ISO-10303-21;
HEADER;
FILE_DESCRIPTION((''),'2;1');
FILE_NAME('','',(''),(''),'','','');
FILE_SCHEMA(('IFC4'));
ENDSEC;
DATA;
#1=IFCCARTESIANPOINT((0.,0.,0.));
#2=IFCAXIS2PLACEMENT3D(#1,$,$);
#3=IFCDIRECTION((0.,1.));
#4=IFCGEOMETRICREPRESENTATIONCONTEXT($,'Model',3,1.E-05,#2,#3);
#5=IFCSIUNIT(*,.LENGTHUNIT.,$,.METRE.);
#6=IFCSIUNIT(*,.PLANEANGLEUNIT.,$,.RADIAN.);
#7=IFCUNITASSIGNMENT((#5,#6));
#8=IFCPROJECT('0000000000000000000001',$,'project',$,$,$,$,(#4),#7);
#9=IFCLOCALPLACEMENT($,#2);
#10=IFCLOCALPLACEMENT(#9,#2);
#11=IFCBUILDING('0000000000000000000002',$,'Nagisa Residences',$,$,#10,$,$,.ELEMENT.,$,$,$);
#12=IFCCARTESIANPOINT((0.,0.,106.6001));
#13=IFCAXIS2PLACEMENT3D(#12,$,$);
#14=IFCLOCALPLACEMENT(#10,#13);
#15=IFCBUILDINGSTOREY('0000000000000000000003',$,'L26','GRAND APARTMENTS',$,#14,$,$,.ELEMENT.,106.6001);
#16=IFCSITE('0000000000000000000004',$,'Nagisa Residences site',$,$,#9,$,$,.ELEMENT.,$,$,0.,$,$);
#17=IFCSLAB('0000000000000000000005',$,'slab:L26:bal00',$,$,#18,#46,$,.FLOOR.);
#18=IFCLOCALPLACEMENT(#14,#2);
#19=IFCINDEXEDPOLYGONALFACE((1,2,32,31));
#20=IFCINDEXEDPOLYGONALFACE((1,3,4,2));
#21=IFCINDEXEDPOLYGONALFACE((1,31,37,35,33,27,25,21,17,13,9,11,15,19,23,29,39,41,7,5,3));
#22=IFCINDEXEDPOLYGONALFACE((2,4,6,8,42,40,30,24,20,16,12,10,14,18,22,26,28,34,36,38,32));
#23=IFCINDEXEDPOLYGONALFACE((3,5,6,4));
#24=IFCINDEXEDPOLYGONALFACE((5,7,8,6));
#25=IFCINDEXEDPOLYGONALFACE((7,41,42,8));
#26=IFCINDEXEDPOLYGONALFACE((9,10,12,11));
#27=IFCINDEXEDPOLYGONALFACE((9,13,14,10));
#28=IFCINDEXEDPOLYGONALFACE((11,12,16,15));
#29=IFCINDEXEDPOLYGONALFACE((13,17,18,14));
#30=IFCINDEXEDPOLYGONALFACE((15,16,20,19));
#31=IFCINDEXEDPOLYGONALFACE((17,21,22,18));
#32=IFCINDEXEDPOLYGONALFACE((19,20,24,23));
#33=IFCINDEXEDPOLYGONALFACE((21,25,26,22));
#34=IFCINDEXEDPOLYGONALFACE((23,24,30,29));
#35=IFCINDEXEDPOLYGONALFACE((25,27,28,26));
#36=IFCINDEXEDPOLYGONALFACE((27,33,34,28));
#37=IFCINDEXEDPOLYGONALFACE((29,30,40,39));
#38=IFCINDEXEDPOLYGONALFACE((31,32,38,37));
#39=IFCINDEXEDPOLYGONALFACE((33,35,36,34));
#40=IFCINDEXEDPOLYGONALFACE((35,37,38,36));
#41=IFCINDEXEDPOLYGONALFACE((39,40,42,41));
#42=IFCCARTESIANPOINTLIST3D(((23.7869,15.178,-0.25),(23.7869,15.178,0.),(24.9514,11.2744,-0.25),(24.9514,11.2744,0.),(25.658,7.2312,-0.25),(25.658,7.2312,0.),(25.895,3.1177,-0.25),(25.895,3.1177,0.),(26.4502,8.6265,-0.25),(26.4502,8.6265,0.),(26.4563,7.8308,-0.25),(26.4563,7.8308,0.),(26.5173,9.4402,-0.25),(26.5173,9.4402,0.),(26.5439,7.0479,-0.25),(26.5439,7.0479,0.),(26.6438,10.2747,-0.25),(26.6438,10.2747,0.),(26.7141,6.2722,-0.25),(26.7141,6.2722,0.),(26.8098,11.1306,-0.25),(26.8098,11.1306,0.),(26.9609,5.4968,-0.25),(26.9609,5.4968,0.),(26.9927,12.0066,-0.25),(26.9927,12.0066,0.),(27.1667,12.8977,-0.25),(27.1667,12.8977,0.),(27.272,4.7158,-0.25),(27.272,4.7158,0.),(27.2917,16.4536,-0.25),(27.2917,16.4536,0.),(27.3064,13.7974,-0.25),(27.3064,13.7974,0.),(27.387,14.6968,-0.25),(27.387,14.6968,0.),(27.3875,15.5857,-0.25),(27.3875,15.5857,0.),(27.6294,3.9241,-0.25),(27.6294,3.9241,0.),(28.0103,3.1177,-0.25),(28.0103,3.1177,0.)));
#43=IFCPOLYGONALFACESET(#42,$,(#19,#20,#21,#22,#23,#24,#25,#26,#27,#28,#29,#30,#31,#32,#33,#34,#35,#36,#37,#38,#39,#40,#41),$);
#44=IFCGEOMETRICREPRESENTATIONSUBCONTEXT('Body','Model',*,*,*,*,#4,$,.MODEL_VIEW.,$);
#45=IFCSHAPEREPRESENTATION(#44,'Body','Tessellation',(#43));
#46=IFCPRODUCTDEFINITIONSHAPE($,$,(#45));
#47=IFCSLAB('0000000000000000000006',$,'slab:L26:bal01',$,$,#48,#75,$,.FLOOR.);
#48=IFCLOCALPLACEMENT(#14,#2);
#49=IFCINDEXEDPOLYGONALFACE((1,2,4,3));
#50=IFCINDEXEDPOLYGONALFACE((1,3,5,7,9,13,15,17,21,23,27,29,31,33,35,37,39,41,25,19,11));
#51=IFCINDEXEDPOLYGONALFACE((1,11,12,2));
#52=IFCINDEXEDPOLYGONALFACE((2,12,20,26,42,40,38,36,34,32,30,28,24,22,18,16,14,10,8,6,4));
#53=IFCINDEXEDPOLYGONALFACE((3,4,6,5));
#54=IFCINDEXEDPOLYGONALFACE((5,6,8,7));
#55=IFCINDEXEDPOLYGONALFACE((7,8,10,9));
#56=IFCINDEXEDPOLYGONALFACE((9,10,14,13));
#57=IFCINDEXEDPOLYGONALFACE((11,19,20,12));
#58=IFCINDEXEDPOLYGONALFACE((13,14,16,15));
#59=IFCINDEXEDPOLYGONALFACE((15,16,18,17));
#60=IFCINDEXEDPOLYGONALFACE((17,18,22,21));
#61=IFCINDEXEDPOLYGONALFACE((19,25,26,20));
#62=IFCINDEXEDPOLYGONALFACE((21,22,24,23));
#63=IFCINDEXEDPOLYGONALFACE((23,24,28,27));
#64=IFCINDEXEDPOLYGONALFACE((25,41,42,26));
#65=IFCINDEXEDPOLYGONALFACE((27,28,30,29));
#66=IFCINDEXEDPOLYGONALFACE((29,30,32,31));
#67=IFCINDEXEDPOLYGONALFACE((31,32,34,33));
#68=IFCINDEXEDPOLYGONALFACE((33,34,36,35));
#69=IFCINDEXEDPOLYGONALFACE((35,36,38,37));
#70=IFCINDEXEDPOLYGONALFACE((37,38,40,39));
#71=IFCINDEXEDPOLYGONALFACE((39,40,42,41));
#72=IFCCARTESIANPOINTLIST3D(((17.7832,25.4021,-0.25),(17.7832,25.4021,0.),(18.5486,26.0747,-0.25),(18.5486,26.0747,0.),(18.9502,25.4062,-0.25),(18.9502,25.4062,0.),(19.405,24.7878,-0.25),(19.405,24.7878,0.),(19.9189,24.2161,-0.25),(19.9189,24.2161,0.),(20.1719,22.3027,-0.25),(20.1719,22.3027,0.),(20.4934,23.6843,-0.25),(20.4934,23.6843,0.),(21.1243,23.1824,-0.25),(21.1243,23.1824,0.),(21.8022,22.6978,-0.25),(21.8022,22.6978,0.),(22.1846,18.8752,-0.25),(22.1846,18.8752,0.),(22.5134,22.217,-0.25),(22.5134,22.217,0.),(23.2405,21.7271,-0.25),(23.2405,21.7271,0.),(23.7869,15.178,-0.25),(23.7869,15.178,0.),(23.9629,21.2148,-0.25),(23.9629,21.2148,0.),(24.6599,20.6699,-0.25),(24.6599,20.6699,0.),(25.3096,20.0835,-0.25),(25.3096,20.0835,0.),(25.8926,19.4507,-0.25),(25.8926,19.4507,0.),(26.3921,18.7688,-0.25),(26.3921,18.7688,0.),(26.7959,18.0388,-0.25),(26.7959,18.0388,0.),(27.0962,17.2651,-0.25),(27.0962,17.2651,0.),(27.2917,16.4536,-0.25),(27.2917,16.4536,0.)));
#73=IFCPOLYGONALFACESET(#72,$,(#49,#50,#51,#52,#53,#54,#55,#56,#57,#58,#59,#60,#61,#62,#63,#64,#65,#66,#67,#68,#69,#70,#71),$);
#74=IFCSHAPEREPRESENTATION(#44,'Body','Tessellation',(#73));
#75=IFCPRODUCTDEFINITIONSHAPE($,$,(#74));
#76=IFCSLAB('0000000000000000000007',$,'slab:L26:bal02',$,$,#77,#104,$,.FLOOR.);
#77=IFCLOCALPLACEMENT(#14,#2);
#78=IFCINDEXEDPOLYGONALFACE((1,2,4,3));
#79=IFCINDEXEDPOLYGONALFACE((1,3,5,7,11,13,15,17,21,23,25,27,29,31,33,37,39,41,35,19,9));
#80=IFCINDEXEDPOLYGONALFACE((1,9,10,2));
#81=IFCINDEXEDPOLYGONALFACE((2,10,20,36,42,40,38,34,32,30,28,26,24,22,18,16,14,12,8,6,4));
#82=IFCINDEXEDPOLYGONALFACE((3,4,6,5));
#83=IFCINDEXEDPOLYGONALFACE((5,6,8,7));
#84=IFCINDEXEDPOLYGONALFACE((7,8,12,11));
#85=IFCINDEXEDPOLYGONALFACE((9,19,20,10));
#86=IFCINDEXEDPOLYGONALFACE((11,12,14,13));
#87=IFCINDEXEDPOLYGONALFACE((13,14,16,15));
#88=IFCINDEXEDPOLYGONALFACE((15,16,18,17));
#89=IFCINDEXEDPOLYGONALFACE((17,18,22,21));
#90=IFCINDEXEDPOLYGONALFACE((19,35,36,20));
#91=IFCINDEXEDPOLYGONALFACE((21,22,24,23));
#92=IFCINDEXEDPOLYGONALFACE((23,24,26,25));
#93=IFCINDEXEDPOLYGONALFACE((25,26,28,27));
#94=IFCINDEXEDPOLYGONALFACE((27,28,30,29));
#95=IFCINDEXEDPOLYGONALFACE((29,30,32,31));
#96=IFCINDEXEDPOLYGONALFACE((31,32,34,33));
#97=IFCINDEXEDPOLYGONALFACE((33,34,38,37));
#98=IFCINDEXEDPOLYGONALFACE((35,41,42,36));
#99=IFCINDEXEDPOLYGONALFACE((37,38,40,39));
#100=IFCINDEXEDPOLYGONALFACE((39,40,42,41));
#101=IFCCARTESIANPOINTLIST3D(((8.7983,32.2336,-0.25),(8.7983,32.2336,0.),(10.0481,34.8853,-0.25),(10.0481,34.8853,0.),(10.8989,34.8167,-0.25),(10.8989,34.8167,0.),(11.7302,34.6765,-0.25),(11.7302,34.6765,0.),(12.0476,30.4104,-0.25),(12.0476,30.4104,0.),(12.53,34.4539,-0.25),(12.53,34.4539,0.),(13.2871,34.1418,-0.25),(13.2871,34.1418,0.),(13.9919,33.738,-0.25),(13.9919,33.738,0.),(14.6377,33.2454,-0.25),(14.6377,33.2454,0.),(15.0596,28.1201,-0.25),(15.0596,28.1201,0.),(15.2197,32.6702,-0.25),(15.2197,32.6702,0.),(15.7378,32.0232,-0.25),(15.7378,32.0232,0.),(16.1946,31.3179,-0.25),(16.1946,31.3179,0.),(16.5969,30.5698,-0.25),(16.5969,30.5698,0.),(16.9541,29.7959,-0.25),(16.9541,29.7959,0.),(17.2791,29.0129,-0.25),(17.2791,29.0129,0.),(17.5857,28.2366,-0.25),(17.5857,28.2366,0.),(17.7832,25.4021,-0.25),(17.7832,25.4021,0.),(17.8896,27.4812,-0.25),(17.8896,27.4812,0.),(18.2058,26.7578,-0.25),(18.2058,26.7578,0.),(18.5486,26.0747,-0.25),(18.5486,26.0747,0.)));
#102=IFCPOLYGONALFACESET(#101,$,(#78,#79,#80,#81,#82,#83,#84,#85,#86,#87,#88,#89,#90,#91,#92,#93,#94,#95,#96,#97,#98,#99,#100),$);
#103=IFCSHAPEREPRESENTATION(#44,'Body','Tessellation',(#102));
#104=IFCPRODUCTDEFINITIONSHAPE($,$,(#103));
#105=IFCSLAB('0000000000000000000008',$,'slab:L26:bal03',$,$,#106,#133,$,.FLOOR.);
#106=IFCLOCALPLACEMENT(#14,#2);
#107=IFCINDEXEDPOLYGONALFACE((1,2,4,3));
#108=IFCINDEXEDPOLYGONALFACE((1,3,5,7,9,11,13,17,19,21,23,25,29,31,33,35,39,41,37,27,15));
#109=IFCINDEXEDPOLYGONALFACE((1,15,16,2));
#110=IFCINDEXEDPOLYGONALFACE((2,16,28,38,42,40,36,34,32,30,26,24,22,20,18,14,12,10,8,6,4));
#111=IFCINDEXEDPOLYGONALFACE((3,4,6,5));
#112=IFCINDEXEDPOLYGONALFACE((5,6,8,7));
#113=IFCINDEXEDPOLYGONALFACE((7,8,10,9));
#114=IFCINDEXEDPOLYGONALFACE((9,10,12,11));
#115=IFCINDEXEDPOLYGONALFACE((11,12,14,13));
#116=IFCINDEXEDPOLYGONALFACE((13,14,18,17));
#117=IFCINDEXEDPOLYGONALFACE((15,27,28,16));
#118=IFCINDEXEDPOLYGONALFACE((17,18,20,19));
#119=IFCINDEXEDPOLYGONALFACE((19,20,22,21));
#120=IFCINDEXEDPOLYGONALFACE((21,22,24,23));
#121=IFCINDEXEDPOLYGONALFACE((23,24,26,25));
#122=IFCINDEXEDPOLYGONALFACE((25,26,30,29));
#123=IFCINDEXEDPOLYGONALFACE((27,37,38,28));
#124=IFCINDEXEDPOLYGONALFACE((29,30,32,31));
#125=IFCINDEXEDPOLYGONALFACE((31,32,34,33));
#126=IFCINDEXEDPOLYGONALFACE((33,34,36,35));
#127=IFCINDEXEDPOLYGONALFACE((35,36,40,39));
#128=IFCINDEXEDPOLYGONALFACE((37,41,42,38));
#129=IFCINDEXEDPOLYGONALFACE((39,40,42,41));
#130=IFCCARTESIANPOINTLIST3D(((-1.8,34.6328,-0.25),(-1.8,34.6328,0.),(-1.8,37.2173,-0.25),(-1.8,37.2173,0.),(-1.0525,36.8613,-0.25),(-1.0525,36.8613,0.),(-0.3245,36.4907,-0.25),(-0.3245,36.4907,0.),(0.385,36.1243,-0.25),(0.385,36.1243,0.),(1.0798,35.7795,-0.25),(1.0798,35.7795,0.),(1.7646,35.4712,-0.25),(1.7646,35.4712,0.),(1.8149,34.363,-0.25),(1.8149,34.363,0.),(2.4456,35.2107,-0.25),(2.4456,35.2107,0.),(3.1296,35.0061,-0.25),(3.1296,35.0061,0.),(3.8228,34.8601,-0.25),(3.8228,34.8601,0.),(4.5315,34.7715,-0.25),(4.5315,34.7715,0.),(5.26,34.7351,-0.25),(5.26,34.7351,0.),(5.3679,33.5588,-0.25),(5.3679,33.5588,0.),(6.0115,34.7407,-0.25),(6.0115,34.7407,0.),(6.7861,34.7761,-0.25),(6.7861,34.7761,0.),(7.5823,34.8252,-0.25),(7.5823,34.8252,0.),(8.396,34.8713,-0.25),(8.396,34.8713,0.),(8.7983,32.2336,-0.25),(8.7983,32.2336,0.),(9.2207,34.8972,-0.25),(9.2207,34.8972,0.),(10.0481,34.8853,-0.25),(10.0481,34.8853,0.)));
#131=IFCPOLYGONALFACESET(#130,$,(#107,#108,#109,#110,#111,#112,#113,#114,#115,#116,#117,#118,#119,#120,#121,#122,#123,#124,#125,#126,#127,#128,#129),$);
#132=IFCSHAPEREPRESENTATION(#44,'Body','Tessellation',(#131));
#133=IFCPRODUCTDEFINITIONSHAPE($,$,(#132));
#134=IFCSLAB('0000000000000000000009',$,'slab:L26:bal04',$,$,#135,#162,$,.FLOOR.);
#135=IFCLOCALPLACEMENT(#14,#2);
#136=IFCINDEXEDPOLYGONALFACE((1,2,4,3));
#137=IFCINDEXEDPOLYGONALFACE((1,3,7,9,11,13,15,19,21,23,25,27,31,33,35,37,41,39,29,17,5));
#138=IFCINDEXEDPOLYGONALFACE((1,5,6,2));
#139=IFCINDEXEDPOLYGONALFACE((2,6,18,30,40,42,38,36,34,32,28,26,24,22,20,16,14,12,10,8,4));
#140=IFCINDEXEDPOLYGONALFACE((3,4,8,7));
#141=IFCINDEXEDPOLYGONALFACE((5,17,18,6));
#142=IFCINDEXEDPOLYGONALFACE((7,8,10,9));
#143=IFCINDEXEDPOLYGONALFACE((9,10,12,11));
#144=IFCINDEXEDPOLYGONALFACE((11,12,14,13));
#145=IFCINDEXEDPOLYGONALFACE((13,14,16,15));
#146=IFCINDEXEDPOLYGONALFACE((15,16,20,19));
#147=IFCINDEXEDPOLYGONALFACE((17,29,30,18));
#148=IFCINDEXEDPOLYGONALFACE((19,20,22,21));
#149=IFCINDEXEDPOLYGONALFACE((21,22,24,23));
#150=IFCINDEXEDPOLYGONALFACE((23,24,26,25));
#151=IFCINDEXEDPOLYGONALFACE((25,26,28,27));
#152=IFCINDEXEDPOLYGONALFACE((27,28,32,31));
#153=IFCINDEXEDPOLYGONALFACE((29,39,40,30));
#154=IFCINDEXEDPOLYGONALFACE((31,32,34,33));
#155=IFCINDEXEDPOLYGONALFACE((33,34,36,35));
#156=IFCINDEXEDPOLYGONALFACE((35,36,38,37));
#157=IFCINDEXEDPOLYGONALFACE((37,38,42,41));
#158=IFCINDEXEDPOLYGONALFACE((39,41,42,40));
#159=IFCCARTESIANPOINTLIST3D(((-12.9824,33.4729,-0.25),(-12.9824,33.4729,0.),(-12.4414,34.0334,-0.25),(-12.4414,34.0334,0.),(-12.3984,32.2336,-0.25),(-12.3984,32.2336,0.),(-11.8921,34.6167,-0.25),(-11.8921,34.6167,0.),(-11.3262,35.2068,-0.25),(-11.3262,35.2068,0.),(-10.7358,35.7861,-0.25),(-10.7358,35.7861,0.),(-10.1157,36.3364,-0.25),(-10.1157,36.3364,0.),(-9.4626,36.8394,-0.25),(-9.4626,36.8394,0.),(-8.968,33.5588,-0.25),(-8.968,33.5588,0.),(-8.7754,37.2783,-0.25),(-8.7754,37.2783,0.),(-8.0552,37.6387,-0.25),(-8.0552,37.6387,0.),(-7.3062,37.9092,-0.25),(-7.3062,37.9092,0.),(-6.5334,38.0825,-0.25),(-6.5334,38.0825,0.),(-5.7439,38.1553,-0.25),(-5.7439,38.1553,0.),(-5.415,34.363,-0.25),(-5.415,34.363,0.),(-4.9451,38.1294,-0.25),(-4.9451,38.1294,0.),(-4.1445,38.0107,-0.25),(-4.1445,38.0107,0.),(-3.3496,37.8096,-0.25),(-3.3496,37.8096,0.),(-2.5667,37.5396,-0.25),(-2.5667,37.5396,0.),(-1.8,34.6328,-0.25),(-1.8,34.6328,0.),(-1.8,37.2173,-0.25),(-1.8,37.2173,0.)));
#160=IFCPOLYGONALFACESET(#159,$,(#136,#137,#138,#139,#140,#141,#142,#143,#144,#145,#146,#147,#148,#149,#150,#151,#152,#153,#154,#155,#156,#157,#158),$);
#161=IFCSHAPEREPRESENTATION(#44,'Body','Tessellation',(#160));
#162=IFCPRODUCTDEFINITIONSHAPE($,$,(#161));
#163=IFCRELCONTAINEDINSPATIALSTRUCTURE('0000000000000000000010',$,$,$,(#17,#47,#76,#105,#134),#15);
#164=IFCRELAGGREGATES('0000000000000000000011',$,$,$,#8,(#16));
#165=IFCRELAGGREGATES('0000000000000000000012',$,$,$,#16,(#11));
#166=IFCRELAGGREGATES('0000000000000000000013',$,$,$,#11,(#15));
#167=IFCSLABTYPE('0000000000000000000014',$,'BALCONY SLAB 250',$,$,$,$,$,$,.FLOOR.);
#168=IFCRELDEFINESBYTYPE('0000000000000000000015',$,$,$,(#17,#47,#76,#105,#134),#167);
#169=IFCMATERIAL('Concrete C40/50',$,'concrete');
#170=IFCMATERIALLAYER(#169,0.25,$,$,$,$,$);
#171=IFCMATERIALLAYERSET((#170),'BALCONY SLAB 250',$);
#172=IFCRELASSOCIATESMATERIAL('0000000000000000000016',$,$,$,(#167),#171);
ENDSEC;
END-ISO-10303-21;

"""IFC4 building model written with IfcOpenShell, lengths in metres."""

from ifc_helpers import new_model, si_unit, direction, frame, origin, place, context, subcontext, project, spatial, polyline, outline, extrude, material, layer, layer_set, type_object, element, save


model = new_model("IFC4")

# Units and contexts
model_context = context("Model", 3, precision=1e-05, world=origin(), true_north=direction((0.0, 1.0)))
body_context = subcontext(model_context, "Body", "Model", "MODEL_VIEW")
ifc_project = project(units=[si_unit("LENGTHUNIT", "METRE"), si_unit("PLANEANGLEUNIT", "RADIAN")], contexts=[model_context])

# Site, building, storey
site_placement = place(None, origin())
site = spatial("IfcSite", under=ifc_project, at=site_placement, Name="Nagisa Residences site", CompositionType="ELEMENT", RefElevation=0.0)
building_placement = place(site_placement, origin())
building = spatial("IfcBuilding", under=site, at=building_placement, Name="Nagisa Residences", CompositionType="ELEMENT")
storey_placement = place(building_placement, frame((0.0, 0.0, 106.6001)))
storey = spatial("IfcBuildingStorey", under=building, at=storey_placement, Name="L26", Description="GRAND APARTMENTS", CompositionType="ELEMENT", Elevation=106.6001)

# Slabs
ifc_material_1 = material(Name="Concrete C40/50", Category="concrete")
ifc_layer_1 = layer(ifc_material_1, 0.25)
ifc_layer_set_1 = layer_set([ifc_layer_1], Name="BALCONY SLAB 250")
slab_type_1 = type_object("IfcSlabType", Name="BALCONY SLAB 250", PredefinedType="FLOOR", material=ifc_layer_set_1)
slab_1_placement = place(storey_placement, frame((0.0, 0.0, -0.25)))
element("IfcSlab", 1, at=slab_1_placement, inside=storey, type_object=slab_type_1, Name="slab:L26:bal00", PredefinedType="FLOOR", context=body_context, shape_type="SweptSolid", body=[
    extrude(outline(polyline([(28.0103, 3.1177), (27.6294, 3.9241), (27.272, 4.7158), (26.9609, 5.4968), (26.7141, 6.2722), (26.5439, 7.0479), (26.4563, 7.8308), (26.4502, 8.6265), (26.5173, 9.4402), (26.6438, 10.2747), (26.8098, 11.1306), (26.9927, 12.0066), (27.1667, 12.8977), (27.3064, 13.7974), (27.387, 14.6968), (27.3875, 15.5857), (27.2917, 16.4536), (23.7869, 15.178), (24.9514, 11.2744), (25.658, 7.2312), (25.895, 3.1177), (28.0103, 3.1177)])), origin(), (0.0, 0.0, 1.0), 0.25),
])
slab_2_placement = place(storey_placement, frame((0.0, 0.0, -0.25)))
element("IfcSlab", 2, at=slab_2_placement, inside=storey, type_object=slab_type_1, Name="slab:L26:bal01", PredefinedType="FLOOR", context=body_context, shape_type="SweptSolid", body=[
    extrude(outline(polyline([(27.2917, 16.4536), (27.0962, 17.2651), (26.7959, 18.0388), (26.3921, 18.7688), (25.8926, 19.4507), (25.3096, 20.0835), (24.6599, 20.6699), (23.9629, 21.2148), (23.2405, 21.7271), (22.5134, 22.217), (21.8022, 22.6978), (21.1243, 23.1824), (20.4934, 23.6843), (19.9189, 24.2161), (19.405, 24.7878), (18.9502, 25.4062), (18.5486, 26.0747), (17.7832, 25.4021), (20.1719, 22.3027), (22.1846, 18.8752), (23.7869, 15.178), (27.2917, 16.4536)])), origin(), (0.0, 0.0, 1.0), 0.25),
])
slab_3_placement = place(storey_placement, frame((0.0, 0.0, -0.25)))
element("IfcSlab", 3, at=slab_3_placement, inside=storey, type_object=slab_type_1, Name="slab:L26:bal02", PredefinedType="FLOOR", context=body_context, shape_type="SweptSolid", body=[
    extrude(outline(polyline([(18.5486, 26.0747), (18.2058, 26.7578), (17.8896, 27.4812), (17.5857, 28.2366), (17.2791, 29.0129), (16.9541, 29.7959), (16.5969, 30.5698), (16.1946, 31.3179), (15.7378, 32.0232), (15.2197, 32.6702), (14.6377, 33.2454), (13.9919, 33.738), (13.2871, 34.1418), (12.53, 34.4539), (11.7302, 34.6765), (10.8989, 34.8167), (10.0481, 34.8853), (8.7983, 32.2336), (12.0476, 30.4104), (15.0596, 28.1201), (17.7832, 25.4021), (18.5486, 26.0747)])), origin(), (0.0, 0.0, 1.0), 0.25),
])
slab_4_placement = place(storey_placement, frame((0.0, 0.0, -0.25)))
element("IfcSlab", 4, at=slab_4_placement, inside=storey, type_object=slab_type_1, Name="slab:L26:bal03", PredefinedType="FLOOR", context=body_context, shape_type="SweptSolid", body=[
    extrude(outline(polyline([(10.0481, 34.8853), (9.2207, 34.8972), (8.396, 34.8713), (7.5823, 34.8252), (6.7861, 34.7761), (6.0115, 34.7407), (5.26, 34.7351), (4.5315, 34.7715), (3.8228, 34.8601), (3.1296, 35.0061), (2.4456, 35.2107), (1.7646, 35.4712), (1.0798, 35.7795), (0.385, 36.1243), (-0.3245, 36.4907), (-1.0525, 36.8613), (-1.8, 37.2173), (-1.8, 34.6328), (1.8149, 34.363), (5.3679, 33.5588), (8.7983, 32.2336), (10.0481, 34.8853)])), origin(), (0.0, 0.0, 1.0), 0.25),
])
slab_5_placement = place(storey_placement, frame((0.0, 0.0, -0.25)))
element("IfcSlab", 5, at=slab_5_placement, inside=storey, type_object=slab_type_1, Name="slab:L26:bal04", PredefinedType="FLOOR", context=body_context, shape_type="SweptSolid", body=[
    extrude(outline(polyline([(-1.8, 37.2173), (-2.5667, 37.5396), (-3.3496, 37.8096), (-4.1445, 38.0107), (-4.9451, 38.1294), (-5.7439, 38.1553), (-6.5334, 38.0825), (-7.3062, 37.9092), (-8.0552, 37.6387), (-8.7754, 37.2783), (-9.4626, 36.8394), (-10.1157, 36.3364), (-10.7358, 35.7861), (-11.3262, 35.2068), (-11.8921, 34.6167), (-12.4414, 34.0334), (-12.9824, 33.4729), (-12.3984, 32.2336), (-8.968, 33.5588), (-5.415, 34.363), (-1.8, 34.6328), (-1.8, 37.2173)])), origin(), (0.0, 0.0, 1.0), 0.25),
])

save(model, "model.ifc")
